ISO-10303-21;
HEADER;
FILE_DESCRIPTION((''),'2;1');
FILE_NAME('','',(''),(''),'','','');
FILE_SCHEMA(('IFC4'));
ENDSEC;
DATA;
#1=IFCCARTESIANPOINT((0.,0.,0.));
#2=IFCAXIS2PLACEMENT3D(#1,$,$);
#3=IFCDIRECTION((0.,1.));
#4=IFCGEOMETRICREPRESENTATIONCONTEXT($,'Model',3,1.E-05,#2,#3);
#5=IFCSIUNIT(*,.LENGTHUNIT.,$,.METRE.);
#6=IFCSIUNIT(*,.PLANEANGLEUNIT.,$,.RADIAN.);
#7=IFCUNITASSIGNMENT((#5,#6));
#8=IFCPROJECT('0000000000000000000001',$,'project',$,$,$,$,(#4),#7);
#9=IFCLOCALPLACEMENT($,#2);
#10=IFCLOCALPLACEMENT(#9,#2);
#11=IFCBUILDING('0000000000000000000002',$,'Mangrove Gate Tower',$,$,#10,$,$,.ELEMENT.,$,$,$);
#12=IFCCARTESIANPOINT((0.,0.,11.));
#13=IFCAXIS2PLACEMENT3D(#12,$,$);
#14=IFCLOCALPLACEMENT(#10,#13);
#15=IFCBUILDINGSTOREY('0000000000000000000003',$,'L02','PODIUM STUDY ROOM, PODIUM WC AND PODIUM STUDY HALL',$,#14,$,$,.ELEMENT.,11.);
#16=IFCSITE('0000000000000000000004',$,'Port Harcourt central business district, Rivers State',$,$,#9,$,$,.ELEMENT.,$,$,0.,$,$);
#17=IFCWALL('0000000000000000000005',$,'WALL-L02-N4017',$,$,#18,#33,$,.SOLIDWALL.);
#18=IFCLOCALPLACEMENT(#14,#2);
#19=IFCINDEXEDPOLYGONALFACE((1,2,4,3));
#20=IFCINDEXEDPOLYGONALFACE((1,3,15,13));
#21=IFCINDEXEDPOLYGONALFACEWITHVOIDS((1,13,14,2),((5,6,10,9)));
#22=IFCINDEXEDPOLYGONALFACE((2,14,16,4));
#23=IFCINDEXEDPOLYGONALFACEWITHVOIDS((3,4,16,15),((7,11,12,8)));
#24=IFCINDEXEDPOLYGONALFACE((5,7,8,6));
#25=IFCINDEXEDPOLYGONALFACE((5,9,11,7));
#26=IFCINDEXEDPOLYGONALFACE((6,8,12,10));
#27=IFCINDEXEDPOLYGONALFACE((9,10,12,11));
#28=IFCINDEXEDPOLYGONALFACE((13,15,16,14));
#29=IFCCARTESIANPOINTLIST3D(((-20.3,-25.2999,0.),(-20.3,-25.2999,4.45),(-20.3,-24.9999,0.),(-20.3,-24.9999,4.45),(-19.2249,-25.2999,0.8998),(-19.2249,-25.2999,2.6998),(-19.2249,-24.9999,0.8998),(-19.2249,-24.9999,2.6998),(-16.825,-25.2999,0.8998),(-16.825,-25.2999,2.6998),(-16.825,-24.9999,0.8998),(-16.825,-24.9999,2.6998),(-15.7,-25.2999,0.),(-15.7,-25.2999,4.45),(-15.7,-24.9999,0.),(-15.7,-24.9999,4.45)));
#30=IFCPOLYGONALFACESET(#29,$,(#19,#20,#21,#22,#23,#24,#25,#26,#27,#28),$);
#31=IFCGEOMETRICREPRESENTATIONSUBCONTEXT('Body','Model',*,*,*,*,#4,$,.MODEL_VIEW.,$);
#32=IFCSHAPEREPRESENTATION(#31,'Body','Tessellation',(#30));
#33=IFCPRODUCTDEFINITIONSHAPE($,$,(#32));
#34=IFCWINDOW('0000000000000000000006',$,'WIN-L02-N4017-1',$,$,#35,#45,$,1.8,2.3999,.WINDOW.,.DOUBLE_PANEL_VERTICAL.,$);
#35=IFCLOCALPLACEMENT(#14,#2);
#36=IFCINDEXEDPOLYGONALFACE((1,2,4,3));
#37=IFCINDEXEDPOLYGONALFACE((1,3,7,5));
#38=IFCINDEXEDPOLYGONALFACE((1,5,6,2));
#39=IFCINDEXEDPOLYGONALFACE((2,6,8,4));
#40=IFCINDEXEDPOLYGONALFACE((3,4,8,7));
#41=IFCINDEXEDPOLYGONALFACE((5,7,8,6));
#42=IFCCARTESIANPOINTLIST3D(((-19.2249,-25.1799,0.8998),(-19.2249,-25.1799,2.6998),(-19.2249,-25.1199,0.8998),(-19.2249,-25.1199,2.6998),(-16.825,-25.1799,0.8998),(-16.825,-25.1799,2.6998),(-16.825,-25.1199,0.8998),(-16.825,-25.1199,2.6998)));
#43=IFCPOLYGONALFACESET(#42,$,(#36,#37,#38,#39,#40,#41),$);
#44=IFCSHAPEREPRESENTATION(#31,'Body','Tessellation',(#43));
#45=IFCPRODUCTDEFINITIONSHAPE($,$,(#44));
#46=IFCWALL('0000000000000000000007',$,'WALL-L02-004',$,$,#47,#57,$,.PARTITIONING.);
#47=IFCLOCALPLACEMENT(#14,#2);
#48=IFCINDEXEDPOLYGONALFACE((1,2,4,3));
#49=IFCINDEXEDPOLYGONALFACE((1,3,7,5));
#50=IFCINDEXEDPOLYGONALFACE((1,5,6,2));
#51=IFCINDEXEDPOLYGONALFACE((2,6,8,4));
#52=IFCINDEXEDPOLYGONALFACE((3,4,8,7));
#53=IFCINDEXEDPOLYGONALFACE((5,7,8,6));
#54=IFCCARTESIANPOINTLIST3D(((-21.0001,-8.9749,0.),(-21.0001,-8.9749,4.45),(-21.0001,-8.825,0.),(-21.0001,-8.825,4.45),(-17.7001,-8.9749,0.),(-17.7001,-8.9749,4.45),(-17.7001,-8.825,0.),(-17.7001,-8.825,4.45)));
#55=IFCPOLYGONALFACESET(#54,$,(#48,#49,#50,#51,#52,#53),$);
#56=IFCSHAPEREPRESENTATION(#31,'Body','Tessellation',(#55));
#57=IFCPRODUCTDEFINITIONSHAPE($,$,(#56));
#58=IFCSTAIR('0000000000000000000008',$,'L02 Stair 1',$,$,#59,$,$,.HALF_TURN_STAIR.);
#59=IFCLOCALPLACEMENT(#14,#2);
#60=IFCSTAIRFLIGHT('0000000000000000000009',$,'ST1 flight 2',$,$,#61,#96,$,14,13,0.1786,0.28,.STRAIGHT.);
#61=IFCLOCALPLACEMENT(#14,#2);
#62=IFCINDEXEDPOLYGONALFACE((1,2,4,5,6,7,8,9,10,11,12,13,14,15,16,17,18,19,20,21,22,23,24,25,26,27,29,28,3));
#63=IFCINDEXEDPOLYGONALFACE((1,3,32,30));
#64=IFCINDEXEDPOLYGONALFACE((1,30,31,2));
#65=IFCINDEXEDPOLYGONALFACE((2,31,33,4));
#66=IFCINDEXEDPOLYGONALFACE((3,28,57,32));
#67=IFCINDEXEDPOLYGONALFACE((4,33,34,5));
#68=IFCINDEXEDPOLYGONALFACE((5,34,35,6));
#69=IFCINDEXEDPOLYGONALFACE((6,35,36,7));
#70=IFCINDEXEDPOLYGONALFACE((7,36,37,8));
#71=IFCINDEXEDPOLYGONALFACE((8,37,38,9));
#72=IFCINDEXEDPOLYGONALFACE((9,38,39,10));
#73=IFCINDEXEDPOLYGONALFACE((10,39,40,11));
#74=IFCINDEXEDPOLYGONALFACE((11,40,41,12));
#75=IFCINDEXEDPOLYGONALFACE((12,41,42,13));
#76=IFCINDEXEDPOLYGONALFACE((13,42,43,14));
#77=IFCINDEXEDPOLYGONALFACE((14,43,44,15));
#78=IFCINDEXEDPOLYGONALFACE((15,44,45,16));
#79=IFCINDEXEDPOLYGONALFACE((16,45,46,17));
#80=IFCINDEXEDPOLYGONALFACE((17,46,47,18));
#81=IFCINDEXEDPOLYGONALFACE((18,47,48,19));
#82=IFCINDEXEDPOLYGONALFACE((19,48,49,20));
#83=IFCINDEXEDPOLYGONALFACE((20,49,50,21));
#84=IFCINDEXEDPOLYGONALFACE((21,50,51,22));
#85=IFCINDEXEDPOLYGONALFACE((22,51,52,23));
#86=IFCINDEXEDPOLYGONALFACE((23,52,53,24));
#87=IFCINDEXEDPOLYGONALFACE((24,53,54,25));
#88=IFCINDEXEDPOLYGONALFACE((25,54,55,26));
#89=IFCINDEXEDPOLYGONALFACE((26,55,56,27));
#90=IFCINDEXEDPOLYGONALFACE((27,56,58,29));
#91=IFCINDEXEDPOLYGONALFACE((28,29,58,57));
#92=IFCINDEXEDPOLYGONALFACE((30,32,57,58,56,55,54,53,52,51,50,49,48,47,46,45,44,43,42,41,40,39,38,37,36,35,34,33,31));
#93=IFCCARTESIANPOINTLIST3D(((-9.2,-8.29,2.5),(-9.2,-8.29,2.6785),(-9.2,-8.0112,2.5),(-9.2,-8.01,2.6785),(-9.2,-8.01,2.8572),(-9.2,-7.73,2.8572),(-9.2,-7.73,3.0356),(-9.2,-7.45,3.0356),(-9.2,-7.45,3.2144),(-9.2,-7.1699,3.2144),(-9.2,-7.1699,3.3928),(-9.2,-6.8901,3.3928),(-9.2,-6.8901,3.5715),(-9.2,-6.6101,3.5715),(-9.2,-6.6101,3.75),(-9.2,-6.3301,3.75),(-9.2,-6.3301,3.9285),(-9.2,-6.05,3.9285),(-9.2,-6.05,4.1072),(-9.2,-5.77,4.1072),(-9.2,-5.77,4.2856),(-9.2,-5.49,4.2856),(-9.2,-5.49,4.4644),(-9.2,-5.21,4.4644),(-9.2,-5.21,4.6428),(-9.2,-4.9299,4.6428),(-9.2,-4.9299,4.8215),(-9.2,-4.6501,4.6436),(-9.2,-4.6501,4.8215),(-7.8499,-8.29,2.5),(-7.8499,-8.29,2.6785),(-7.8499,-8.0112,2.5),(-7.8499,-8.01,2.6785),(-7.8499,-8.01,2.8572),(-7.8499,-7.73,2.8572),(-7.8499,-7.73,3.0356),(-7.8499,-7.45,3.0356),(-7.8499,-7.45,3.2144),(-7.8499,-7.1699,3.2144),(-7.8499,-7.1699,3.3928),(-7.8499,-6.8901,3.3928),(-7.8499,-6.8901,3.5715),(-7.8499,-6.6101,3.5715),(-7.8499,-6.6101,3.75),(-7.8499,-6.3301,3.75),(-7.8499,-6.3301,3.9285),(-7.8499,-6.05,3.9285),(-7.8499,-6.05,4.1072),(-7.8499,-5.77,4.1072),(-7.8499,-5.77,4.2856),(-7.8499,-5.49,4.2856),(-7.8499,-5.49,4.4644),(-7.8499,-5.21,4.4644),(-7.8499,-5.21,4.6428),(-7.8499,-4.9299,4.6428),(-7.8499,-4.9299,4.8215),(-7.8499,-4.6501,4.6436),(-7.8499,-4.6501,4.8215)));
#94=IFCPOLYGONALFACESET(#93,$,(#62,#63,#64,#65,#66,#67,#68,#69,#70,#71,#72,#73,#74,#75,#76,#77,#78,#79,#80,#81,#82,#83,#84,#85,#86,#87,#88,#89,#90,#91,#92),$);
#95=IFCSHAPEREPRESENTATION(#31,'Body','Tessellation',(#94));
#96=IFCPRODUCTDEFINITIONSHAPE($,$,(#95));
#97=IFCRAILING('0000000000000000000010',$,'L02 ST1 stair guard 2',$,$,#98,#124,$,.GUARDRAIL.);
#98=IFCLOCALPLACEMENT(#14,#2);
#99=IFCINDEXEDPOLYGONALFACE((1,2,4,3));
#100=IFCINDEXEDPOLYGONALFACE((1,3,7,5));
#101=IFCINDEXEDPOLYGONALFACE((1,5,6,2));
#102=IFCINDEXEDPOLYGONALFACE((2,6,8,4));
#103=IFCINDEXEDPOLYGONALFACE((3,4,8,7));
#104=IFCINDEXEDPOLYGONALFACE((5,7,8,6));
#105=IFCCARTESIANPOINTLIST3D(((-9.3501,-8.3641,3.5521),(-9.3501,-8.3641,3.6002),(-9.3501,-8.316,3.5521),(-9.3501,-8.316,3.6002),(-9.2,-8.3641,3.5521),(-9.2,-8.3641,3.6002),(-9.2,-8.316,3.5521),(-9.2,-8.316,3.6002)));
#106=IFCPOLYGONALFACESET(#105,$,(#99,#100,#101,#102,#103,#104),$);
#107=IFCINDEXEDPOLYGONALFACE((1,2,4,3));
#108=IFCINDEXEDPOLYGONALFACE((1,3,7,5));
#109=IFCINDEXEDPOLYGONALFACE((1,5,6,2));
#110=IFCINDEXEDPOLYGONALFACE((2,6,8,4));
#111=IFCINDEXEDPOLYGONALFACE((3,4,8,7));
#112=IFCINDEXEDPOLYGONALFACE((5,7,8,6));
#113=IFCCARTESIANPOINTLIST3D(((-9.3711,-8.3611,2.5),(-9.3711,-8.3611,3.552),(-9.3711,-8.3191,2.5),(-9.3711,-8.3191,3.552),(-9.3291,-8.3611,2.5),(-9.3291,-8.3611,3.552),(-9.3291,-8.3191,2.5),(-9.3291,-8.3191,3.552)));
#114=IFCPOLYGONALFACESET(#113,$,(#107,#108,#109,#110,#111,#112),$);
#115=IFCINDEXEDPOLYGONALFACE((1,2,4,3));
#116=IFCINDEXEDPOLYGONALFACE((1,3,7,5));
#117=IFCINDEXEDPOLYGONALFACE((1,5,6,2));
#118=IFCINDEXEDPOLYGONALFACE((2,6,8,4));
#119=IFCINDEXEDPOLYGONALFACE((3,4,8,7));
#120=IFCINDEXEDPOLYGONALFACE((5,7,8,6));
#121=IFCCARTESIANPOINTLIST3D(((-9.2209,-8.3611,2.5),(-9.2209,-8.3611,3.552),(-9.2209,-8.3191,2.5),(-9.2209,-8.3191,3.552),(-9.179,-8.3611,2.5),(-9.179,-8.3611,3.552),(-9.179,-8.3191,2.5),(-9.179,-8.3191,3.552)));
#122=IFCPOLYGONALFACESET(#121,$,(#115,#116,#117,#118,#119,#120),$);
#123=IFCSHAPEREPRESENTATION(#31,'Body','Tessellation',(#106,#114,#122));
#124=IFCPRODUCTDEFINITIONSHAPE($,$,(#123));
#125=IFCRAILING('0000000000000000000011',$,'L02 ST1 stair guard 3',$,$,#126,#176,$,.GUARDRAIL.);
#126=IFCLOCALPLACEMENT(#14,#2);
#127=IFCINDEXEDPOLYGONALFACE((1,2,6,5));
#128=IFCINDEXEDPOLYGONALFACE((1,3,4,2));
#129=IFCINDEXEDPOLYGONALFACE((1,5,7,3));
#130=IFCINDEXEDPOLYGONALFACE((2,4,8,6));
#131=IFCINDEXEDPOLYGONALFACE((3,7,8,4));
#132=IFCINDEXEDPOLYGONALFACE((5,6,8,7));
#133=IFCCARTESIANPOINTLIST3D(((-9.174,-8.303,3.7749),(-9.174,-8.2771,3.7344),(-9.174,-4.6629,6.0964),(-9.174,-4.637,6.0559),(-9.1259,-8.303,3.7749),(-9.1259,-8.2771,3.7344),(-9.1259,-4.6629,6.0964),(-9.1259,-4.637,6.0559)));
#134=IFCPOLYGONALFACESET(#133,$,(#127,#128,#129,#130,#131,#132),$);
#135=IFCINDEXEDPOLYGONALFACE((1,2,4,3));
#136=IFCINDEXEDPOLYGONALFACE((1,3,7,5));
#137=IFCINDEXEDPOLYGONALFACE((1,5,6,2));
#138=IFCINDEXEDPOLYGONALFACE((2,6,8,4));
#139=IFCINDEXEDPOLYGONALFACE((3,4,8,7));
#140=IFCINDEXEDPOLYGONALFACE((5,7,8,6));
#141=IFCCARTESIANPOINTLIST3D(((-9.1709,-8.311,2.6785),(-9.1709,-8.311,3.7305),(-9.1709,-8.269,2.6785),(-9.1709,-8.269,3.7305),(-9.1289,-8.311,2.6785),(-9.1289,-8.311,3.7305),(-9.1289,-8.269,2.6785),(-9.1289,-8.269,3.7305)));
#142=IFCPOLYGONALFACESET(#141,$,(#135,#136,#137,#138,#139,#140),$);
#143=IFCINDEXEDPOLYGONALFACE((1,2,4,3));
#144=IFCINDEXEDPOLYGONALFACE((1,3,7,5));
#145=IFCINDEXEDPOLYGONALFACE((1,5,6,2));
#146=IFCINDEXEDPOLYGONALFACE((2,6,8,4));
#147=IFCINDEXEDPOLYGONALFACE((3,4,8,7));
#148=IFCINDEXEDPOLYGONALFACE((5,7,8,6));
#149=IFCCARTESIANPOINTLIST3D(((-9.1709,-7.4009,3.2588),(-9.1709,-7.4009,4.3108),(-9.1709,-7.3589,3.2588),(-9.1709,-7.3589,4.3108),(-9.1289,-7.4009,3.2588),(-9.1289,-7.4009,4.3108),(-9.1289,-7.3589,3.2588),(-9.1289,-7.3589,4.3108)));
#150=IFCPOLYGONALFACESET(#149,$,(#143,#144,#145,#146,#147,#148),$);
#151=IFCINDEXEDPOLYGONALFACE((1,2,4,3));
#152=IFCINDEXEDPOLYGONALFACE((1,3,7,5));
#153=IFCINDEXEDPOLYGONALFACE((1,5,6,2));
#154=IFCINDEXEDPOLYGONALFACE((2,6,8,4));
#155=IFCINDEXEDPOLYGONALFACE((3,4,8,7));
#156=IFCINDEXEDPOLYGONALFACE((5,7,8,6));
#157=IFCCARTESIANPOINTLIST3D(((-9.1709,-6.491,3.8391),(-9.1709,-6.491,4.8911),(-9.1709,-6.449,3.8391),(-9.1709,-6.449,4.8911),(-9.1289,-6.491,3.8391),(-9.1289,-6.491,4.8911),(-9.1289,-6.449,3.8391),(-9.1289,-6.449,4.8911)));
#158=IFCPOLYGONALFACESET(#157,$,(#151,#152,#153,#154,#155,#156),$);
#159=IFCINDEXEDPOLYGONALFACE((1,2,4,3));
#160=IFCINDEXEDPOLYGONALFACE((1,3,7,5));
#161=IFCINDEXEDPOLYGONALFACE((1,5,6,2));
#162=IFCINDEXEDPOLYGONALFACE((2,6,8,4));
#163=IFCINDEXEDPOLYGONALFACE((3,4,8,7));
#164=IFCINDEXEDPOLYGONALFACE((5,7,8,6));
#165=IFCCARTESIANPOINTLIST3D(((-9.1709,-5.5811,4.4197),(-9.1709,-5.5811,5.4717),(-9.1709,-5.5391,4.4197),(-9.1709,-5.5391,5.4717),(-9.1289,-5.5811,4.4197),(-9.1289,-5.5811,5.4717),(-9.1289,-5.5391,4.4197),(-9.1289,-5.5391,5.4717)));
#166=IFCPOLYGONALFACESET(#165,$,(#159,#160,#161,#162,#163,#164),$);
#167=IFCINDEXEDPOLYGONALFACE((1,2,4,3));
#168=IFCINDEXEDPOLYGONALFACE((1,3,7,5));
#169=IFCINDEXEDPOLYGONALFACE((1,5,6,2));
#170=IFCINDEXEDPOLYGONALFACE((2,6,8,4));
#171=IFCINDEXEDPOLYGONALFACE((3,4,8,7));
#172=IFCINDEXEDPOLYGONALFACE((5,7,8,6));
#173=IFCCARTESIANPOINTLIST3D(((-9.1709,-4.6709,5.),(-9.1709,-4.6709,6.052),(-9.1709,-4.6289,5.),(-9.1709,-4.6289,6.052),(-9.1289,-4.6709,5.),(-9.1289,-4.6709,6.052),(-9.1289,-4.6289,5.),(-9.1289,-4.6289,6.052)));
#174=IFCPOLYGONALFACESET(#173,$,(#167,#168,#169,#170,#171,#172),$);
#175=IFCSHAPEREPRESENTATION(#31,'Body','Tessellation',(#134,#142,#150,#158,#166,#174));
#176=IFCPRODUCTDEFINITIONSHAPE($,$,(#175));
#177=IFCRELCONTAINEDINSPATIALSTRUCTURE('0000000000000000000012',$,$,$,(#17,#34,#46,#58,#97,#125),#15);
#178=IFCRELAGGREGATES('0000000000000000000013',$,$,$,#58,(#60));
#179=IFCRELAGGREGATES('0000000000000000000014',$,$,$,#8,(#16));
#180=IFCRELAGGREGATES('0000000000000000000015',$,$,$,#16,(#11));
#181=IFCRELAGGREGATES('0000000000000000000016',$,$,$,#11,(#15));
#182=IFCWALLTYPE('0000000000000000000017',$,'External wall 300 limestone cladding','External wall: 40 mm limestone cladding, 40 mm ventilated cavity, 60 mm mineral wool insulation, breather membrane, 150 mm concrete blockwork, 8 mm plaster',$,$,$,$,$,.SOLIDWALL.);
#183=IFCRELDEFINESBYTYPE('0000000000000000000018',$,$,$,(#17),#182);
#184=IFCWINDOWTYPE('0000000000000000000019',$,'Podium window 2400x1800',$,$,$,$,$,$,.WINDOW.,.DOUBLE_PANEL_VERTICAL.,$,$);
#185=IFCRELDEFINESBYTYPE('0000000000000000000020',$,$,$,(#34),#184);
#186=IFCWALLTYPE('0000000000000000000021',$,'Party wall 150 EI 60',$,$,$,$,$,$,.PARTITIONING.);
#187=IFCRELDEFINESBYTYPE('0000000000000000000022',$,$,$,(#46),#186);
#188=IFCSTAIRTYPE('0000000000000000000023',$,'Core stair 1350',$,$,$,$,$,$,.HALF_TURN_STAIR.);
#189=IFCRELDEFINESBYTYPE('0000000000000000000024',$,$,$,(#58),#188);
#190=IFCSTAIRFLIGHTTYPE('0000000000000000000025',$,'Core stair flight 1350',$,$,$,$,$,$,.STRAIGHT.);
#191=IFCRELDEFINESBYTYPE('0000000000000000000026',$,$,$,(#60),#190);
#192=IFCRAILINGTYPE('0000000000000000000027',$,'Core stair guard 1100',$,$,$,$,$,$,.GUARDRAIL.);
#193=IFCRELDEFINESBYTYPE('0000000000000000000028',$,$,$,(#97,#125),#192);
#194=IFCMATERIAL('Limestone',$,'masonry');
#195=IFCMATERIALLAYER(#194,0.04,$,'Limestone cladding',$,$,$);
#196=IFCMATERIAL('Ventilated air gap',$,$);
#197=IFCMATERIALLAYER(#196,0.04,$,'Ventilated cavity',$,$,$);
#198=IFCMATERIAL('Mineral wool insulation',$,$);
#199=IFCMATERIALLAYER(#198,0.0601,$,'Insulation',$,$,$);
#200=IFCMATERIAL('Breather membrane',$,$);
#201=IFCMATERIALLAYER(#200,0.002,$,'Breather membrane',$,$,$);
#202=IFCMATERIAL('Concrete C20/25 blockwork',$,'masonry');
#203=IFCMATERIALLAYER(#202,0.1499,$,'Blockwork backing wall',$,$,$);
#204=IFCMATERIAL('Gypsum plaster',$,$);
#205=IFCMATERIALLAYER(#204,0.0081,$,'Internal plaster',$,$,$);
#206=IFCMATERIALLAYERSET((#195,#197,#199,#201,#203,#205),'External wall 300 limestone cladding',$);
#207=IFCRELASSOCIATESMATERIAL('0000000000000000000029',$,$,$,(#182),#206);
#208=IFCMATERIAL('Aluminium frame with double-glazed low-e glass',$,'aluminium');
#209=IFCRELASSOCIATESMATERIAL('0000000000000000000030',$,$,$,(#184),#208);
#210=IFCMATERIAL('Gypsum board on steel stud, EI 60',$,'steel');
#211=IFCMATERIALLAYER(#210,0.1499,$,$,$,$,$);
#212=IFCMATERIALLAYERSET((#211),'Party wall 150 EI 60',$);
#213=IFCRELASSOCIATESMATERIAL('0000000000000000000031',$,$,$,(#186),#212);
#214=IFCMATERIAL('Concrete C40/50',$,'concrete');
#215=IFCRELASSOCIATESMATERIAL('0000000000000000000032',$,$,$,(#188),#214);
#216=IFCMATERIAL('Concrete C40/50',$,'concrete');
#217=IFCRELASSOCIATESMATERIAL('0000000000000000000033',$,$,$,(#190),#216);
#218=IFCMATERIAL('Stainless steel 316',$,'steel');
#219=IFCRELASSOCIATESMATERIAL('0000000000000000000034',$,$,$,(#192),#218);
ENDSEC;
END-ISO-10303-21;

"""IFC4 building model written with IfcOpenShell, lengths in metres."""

from ifc_helpers import new_model, si_unit, direction, frame, frame_2d, origin, origin_2d, place, context, subcontext, project, spatial, polyline, rectangle, outline, extrude, material, layer, layer_set, type_object, element, fill, aggregate, save


model = new_model("IFC4")

# Units and contexts
model_context = context("Model", 3, precision=1e-05, world=origin(), true_north=direction((0.0, 1.0)))
body_context = subcontext(model_context, "Body", "Model", "MODEL_VIEW")
ifc_project = project(units=[si_unit("LENGTHUNIT", "METRE"), si_unit("PLANEANGLEUNIT", "RADIAN")], contexts=[model_context])

# Site, building, storey
site_placement = place(None, origin())
site = spatial("IfcSite", under=ifc_project, at=site_placement, Name="Port Harcourt central business district, Rivers State", CompositionType="ELEMENT", RefElevation=0.0)
building_placement = place(site_placement, origin())
building = spatial("IfcBuilding", under=site, at=building_placement, Name="Mangrove Gate Tower", CompositionType="ELEMENT")
storey_placement = place(building_placement, frame((0.0, 0.0, 11.0)))
storey = spatial("IfcBuildingStorey", under=building, at=storey_placement, Name="L02", Description="PODIUM STUDY ROOM, PODIUM WC AND PODIUM STUDY HALL", CompositionType="ELEMENT", Elevation=11.0)

# Shared definitions
ifc_material_1 = material(Name="Limestone", Category="masonry")
ifc_layer_1 = layer(ifc_material_1, 0.04, Name="Limestone cladding")
ifc_material_2 = material(Name="Ventilated air gap")
ifc_layer_2 = layer(ifc_material_2, 0.04, Name="Ventilated cavity")
ifc_material_3 = material(Name="Mineral wool insulation")
ifc_layer_3 = layer(ifc_material_3, 0.0601, Name="Insulation")
ifc_material_4 = material(Name="Breather membrane")
ifc_layer_4 = layer(ifc_material_4, 0.002, Name="Breather membrane")
ifc_material_5 = material(Name="Concrete C20/25 blockwork", Category="masonry")
ifc_layer_5 = layer(ifc_material_5, 0.1499, Name="Blockwork backing wall")
ifc_material_6 = material(Name="Gypsum plaster")
ifc_layer_6 = layer(ifc_material_6, 0.0081, Name="Internal plaster")
ifc_layer_set_1 = layer_set([ifc_layer_1, ifc_layer_2, ifc_layer_3, ifc_layer_4, ifc_layer_5, ifc_layer_6], Name="External wall 300 limestone cladding")
wall_type_1 = type_object("IfcWallType", Name="External wall 300 limestone cladding", Description="External wall: 40 mm limestone cladding, 40 mm ventilated cavity, 60 mm mineral wool insulation, breather membrane, 150 mm concrete blockwork, 8 mm plaster", PredefinedType="SOLIDWALL", material=ifc_layer_set_1)

# Wall, opening, window
wall_1_placement = place(storey_placement, frame((-15.7, -25.1499, 0.0), z_axis=(0.0, 0.0, 1.0), x_axis=(-1.0, 0.0, 0.0)))
wall_1 = element("IfcWall", 1, at=wall_1_placement, inside=storey, type_object=wall_type_1, Name="WALL-L02-N4017", PredefinedType="SOLIDWALL", context=body_context, shape_type="SweptSolid", body=[
    extrude(rectangle(XDim=4.6001, YDim=0.3, at=frame_2d((2.3, 0.0))), origin(), (0.0, 0.0, 1.0), 4.45),
])
opening_1_placement = place(wall_1_placement, frame((1.125, 0.0, 0.8999)))
opening_1 = element("IfcOpeningElement", 2, at=opening_1_placement, cuts=wall_1, PredefinedType="OPENING", context=body_context, shape_type="SweptSolid", body=[
    extrude(rectangle(XDim=2.3999, YDim=1.8, at=frame_2d((1.2, 0.8999))), frame((0.0, 0.1599, 0.0), z_axis=(0.0, -1.0, 0.0), x_axis=(1.0, 0.0, 0.0)), (0.0, 0.0, 1.0), 0.3201),
])
ifc_material_7 = material(Name="Aluminium frame with double-glazed low-e glass", Category="aluminium")
window_type_1 = type_object("IfcWindowType", Name="Podium window 2400x1800", PartitioningType="DOUBLE_PANEL_VERTICAL", PredefinedType="WINDOW", material=ifc_material_7)
window_1_placement = place(opening_1_placement, origin())
window_1 = element("IfcWindow", 3, at=window_1_placement, inside=storey, type_object=window_type_1, Name="WIN-L02-N4017-1", OverallHeight=1.8, OverallWidth=2.3999, PartitioningType="DOUBLE_PANEL_VERTICAL", PredefinedType="WINDOW", context=body_context, shape_type="SweptSolid", body=[
    extrude(rectangle(XDim=2.3999, YDim=1.8, at=frame_2d((1.2, 0.8999))), frame((0.0, 0.03, 0.0), z_axis=(0.0, -1.0, 0.0), x_axis=(1.0, 0.0, 0.0)), (0.0, 0.0, 1.0), 0.0601),
])
fill(opening_1, window_1)

# Wall
ifc_material_8 = material(Name="Gypsum board on steel stud, EI 60", Category="steel")
ifc_layer_7 = layer(ifc_material_8, 0.1499)
ifc_layer_set_2 = layer_set([ifc_layer_7], Name="Party wall 150 EI 60")
wall_type_2 = type_object("IfcWallType", Name="Party wall 150 EI 60", PredefinedType="PARTITIONING", material=ifc_layer_set_2)
wall_2_placement = place(storey_placement, frame((-21.0, -8.8999, 0.0), z_axis=(0.0, 0.0, 1.0), x_axis=(1.0, 0.0, 0.0)))
element("IfcWall", 4, at=wall_2_placement, inside=storey, type_object=wall_type_2, Name="WALL-L02-004", PredefinedType="PARTITIONING", context=body_context, shape_type="SweptSolid", body=[
    extrude(rectangle(XDim=3.3, YDim=0.1499, at=frame_2d((1.6499, 0.0))), origin(), (0.0, 0.0, 1.0), 4.45),
])

# Stair, stair flight
ifc_material_9 = material(Name="Concrete C40/50", Category="concrete")
stair_type = type_object("IfcStairType", Name="Core stair 1350", PredefinedType="HALF_TURN_STAIR", material=ifc_material_9)
stair_placement = place(storey_placement, origin())
stair = element("IfcStair", 5, at=stair_placement, inside=storey, type_object=stair_type, Name="L02 Stair 1", PredefinedType="HALF_TURN_STAIR")
ifc_material_10 = material(Name="Concrete C40/50", Category="concrete")
stair_flight_type = type_object("IfcStairFlightType", Name="Core stair flight 1350", PredefinedType="STRAIGHT", material=ifc_material_10)
stair_flight_placement = place(storey_placement, frame((-8.5249, -8.29, 2.5), z_axis=(0.0, 0.0, 1.0), x_axis=(0.0, 1.0, 0.0)))
stair_flight = element("IfcStairFlight", 6, at=stair_flight_placement, type_object=stair_flight_type, Name="ST1 flight 2", NumberOfRisers=14, NumberOfTreads=13, PredefinedType="STRAIGHT", RiserHeight=0.1786, TreadLength=0.28, context=body_context, shape_type="SweptSolid", body=[
    extrude(outline(polyline([(0.0, 0.0), (0.0, 0.1785), (0.28, 0.1785), (0.28, 0.3572), (0.5601, 0.3572), (0.5601, 0.5356), (0.8401, 0.5356), (0.8401, 0.7144), (1.1201, 0.7144), (1.1201, 0.8928), (1.3999, 0.8928), (1.3999, 1.0715), (1.6799, 1.0715), (1.6799, 1.25), (1.96, 1.25), (1.96, 1.4285), (2.24, 1.4285), (2.24, 1.6072), (2.52, 1.6072), (2.52, 1.7856), (2.8, 1.7856), (2.8, 1.9644), (3.0801, 1.9644), (3.0801, 2.1428), (3.3601, 2.1428), (3.3601, 2.3215), (3.6399, 2.3215), (3.6399, 2.5), (3.6399, 2.1436), (0.2788, 0.0), (0.0, 0.0)])), frame((0.0, 0.675, 0.0), z_axis=(0.0, -1.0, 0.0), x_axis=(1.0, 0.0, 0.0)), (0.0, 0.0, 1.0), 1.3501),
])
aggregate(stair, [stair_flight])

# Railings
ifc_material_11 = material(Name="Stainless steel 316", Category="steel")
railing_type = type_object("IfcRailingType", Name="Core stair guard 1100", PredefinedType="GUARDRAIL", material=ifc_material_11)
railing_1_placement = place(storey_placement, frame((-9.3501, -8.3401, 2.5)))
element("IfcRailing", 7, at=railing_1_placement, inside=storey, type_object=railing_type, Name="L02 ST1 stair guard 2", PredefinedType="GUARDRAIL", context=body_context, shape_type="SweptSolid", body=[
    extrude(rectangle(XDim=0.0481, YDim=0.0481, at=origin_2d()), frame((0.0, 0.0, 1.0762), z_axis=(1.0, 0.0, 0.0), x_axis=(0.0, 1.0, 0.0)), (0.0, 0.0, 1.0), 0.1501),
    extrude(rectangle(XDim=0.042, YDim=0.042, at=origin_2d()), origin(), (0.0, 0.0, 1.0), 1.052),
    extrude(rectangle(XDim=0.042, YDim=0.042, at=origin_2d()), frame((0.1501, 0.0, 0.0)), (0.0, 0.0, 1.0), 1.052),
])
railing_2_placement = place(storey_placement, frame((-9.1499, -8.29, 2.6785)))
element("IfcRailing", 8, at=railing_2_placement, inside=storey, type_object=railing_type, Name="L02 ST1 stair guard 3", PredefinedType="GUARDRAIL", context=body_context, shape_type="SweptSolid", body=[
    extrude(rectangle(XDim=0.0481, YDim=0.0481, at=origin_2d()), frame((0.0, 0.0, 1.0762), z_axis=(0.0, 0.843128, 0.537713), x_axis=(-1.0, 0.0, 0.0)), (0.0, 0.0, 1.0), 4.3174),
    extrude(rectangle(XDim=0.042, YDim=0.042, at=origin_2d()), origin(), (0.0, 0.0, 1.0), 1.052),
    extrude(rectangle(XDim=0.042, YDim=0.042, at=origin_2d()), frame((0.0, 0.9102, 0.5803)), (0.0, 0.0, 1.0), 1.052),
    extrude(rectangle(XDim=0.042, YDim=0.042, at=origin_2d()), frame((0.0, 1.8201, 1.1606)), (0.0, 0.0, 1.0), 1.052),
    extrude(rectangle(XDim=0.042, YDim=0.042, at=origin_2d()), frame((0.0, 2.73, 1.7412)), (0.0, 0.0, 1.0), 1.052),
    extrude(rectangle(XDim=0.042, YDim=0.042, at=origin_2d()), frame((0.0, 3.6401, 2.3215)), (0.0, 0.0, 1.0), 1.052),
])

save(model, "model.ifc")
